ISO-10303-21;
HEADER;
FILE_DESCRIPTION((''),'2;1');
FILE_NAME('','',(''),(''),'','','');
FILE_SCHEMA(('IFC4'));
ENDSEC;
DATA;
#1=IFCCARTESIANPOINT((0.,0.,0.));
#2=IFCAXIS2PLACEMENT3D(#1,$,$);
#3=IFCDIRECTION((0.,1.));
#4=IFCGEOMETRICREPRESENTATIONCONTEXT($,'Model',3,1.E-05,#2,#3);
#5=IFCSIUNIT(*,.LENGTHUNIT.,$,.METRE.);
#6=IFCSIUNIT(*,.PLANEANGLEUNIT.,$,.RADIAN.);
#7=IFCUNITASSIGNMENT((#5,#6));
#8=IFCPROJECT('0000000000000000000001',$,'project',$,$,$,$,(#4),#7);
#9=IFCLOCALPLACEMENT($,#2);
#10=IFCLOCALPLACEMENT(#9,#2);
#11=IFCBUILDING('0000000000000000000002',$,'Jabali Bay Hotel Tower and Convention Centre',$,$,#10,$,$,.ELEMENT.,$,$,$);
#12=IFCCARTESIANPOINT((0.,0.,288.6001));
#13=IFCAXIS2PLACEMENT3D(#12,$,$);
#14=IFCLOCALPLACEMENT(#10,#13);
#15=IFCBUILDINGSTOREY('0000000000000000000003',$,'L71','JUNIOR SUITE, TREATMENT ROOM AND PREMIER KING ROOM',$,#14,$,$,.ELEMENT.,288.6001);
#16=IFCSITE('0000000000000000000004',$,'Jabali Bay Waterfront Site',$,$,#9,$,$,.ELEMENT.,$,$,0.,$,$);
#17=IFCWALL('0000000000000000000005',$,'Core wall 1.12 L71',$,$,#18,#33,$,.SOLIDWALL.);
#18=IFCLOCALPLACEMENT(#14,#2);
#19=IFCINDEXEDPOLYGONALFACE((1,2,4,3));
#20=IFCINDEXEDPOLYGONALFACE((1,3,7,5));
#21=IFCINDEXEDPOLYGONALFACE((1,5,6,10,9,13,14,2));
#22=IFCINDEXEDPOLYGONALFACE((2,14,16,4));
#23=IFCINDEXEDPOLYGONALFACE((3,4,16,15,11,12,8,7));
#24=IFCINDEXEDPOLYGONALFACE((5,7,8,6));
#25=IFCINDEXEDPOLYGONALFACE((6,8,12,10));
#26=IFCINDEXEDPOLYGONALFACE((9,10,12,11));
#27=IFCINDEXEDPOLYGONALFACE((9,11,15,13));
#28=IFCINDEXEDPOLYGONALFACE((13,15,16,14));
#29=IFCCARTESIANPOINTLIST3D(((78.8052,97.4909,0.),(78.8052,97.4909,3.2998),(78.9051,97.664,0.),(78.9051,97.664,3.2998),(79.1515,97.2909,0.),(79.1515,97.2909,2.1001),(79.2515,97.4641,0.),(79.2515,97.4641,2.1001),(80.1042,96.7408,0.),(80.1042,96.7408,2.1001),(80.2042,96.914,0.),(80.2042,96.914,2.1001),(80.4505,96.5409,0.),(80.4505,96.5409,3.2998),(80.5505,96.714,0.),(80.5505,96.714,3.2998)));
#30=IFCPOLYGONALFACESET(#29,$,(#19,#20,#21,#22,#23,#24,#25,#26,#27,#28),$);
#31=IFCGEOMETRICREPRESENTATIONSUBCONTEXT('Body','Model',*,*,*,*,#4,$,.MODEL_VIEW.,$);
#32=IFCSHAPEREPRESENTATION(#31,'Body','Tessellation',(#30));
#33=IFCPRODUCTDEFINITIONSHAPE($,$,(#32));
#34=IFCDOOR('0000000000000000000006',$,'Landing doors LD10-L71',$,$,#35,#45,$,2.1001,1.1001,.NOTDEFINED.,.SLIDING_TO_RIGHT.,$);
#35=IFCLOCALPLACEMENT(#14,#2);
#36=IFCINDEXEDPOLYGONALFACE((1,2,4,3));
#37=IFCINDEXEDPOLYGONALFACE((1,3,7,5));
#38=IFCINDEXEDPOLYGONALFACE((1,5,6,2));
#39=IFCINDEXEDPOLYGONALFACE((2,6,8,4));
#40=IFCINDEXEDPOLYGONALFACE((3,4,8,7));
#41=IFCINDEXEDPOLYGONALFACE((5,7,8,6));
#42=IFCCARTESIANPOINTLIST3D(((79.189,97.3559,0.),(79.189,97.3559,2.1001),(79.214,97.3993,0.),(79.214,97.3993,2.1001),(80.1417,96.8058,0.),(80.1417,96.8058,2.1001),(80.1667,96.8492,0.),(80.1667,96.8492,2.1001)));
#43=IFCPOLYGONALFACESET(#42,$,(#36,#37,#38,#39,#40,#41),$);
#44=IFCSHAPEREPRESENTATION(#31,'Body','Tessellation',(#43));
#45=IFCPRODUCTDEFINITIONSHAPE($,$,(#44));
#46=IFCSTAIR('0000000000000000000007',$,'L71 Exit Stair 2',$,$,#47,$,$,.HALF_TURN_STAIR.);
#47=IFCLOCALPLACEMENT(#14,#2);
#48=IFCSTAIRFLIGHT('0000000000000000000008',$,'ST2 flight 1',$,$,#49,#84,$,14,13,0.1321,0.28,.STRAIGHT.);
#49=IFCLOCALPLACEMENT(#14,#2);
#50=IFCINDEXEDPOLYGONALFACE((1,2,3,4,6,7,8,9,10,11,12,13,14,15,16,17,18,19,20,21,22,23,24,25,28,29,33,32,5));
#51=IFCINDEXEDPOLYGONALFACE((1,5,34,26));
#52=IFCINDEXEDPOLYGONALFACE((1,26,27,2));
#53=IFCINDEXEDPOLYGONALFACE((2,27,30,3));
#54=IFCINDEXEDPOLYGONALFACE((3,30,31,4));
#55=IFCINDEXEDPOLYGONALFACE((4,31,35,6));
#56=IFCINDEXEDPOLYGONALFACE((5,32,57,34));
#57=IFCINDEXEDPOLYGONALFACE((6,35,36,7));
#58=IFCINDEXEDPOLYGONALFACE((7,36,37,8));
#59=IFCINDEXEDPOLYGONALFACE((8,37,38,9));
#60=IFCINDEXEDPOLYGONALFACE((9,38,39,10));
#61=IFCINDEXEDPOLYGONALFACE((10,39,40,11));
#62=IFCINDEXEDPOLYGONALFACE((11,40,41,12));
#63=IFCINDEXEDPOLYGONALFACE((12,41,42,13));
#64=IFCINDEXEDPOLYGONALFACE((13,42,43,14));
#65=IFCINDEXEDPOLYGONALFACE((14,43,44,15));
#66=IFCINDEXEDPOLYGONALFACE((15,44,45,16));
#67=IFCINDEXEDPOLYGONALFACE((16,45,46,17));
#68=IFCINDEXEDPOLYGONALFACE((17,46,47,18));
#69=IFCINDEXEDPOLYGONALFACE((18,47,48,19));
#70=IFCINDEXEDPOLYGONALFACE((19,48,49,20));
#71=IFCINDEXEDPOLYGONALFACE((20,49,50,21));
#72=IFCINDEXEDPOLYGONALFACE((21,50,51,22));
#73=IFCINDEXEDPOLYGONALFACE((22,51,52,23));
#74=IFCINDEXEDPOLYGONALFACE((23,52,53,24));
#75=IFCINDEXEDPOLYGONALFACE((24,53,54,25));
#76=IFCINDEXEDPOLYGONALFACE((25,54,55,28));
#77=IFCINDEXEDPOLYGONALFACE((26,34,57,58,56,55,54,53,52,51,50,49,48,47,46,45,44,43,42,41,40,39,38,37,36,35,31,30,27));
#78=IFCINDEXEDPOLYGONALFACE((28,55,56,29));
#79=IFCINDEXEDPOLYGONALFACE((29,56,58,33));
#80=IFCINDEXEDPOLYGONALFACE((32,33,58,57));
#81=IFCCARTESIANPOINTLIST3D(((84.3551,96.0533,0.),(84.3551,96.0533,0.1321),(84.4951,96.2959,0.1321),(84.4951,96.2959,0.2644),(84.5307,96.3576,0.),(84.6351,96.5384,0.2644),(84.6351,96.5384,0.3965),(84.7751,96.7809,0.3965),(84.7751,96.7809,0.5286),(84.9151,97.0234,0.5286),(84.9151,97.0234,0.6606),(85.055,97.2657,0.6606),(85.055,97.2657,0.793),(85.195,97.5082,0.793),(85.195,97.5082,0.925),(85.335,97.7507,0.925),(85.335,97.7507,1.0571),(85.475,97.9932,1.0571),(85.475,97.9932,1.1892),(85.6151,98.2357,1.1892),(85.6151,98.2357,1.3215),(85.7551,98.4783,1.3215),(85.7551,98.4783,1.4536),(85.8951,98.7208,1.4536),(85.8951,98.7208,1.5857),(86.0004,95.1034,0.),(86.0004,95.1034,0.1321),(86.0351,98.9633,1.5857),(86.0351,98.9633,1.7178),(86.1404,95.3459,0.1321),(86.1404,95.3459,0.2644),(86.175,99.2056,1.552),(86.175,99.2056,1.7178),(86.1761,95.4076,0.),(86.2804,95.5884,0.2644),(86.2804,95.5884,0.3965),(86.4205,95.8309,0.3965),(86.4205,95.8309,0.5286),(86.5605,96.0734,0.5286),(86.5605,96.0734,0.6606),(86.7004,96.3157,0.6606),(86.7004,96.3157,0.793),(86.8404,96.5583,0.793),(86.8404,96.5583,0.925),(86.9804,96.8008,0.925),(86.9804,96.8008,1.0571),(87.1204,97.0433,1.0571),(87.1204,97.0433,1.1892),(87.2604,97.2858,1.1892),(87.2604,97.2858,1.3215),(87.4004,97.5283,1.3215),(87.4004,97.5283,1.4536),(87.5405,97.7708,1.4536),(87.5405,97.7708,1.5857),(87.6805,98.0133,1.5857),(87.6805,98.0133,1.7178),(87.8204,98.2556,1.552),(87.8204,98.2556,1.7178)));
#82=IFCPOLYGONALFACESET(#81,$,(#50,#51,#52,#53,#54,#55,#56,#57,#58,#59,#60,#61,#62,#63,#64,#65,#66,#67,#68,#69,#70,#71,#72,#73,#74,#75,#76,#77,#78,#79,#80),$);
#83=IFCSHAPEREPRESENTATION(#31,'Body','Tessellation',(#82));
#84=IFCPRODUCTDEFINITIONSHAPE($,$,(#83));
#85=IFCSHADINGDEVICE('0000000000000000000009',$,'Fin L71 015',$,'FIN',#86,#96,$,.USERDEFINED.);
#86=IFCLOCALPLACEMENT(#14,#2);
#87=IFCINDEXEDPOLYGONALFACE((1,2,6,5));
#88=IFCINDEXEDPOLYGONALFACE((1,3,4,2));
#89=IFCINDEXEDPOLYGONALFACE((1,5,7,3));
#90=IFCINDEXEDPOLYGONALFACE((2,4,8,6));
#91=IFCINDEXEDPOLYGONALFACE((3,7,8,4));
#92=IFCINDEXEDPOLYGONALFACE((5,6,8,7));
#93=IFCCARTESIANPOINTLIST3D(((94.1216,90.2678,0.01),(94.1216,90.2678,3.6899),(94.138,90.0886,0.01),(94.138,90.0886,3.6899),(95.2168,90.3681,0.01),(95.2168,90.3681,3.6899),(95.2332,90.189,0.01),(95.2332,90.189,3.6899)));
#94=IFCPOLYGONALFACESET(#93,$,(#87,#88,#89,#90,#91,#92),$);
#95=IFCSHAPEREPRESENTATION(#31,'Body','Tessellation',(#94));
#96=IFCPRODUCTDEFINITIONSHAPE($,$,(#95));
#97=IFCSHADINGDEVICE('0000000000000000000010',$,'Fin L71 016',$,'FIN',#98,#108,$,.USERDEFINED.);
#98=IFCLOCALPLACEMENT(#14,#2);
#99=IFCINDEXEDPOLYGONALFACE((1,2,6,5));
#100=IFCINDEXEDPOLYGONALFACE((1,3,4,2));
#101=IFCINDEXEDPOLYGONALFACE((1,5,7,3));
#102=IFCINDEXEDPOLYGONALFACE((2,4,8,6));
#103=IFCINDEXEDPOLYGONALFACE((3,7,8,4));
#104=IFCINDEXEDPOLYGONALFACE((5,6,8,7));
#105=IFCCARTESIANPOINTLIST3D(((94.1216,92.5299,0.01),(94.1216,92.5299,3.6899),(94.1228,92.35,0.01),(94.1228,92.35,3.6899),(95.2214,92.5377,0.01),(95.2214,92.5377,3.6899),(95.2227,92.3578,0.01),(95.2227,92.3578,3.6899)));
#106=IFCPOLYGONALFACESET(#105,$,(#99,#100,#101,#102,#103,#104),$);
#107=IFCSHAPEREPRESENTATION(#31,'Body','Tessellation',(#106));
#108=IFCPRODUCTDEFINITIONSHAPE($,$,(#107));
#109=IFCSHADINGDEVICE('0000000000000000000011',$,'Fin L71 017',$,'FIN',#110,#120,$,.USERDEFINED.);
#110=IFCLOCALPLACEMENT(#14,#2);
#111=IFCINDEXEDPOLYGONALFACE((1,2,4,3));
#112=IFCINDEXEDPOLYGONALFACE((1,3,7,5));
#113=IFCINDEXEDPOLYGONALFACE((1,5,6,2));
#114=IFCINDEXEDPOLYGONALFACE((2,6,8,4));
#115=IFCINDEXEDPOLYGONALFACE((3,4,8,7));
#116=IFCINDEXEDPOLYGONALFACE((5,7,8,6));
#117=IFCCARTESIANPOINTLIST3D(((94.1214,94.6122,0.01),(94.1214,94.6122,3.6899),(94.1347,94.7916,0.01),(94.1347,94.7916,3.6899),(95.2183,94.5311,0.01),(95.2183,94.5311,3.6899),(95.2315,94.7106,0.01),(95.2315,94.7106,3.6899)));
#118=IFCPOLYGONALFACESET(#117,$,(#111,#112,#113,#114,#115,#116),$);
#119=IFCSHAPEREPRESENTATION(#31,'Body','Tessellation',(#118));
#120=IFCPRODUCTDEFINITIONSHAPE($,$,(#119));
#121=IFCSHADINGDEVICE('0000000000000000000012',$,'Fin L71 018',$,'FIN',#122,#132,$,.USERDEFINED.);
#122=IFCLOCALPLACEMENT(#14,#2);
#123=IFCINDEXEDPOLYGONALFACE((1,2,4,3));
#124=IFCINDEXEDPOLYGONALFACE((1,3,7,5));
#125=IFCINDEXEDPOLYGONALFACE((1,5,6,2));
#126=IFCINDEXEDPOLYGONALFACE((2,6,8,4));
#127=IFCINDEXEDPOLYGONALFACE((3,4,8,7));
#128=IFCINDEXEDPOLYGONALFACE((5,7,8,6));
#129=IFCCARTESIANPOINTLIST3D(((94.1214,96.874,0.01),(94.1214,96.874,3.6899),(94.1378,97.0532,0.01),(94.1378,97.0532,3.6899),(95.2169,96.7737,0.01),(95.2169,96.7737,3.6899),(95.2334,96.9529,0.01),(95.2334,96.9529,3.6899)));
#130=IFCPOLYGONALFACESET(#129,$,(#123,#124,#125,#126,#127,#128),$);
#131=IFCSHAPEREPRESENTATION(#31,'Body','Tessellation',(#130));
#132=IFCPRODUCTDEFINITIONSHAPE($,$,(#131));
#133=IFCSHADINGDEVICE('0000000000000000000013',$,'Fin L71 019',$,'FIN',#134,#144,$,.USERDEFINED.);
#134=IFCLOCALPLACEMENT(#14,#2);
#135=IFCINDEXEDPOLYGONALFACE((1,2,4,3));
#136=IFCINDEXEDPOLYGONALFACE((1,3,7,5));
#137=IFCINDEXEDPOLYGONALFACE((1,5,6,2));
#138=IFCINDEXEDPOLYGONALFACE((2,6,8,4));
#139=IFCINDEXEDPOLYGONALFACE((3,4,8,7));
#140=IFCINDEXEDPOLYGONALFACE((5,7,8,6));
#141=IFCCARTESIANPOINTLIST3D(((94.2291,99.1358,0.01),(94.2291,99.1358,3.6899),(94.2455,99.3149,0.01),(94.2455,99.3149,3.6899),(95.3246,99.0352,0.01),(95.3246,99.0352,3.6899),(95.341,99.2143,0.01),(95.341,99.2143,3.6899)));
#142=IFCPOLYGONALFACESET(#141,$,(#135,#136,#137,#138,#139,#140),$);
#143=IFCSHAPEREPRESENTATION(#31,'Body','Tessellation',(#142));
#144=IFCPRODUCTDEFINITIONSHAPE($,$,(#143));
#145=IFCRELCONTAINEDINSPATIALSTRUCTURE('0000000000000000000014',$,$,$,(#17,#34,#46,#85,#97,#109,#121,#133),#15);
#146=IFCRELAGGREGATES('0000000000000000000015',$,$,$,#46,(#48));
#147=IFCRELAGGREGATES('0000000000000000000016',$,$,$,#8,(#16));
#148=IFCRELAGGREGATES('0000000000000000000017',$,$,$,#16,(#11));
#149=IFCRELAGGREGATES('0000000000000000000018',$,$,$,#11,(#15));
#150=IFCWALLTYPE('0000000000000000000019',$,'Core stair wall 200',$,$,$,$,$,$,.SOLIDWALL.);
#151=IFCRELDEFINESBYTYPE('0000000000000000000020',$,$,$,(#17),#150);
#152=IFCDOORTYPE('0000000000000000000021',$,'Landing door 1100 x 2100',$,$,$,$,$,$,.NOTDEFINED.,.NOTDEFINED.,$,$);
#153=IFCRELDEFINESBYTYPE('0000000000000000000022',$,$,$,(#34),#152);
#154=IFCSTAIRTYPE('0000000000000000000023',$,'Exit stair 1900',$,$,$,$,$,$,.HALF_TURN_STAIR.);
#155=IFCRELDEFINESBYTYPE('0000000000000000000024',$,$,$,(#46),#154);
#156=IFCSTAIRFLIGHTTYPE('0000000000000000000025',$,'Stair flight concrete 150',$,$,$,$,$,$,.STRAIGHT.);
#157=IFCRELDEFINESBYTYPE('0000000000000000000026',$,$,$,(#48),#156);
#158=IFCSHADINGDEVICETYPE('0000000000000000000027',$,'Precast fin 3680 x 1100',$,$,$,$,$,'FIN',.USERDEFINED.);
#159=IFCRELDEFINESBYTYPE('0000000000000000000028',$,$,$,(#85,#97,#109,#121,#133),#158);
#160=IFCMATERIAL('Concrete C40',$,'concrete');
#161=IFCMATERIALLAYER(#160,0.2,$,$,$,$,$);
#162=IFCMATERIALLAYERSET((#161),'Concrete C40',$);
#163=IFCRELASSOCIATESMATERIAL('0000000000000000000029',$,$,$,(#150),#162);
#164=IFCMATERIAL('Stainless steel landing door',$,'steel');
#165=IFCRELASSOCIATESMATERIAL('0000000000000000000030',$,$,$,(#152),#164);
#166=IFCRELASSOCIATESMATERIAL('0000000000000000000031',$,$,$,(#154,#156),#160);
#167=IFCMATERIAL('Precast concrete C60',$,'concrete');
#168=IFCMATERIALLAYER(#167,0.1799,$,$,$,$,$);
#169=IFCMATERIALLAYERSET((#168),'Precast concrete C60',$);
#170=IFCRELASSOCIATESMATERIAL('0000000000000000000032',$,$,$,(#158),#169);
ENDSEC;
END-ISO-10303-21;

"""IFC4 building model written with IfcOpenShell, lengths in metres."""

from ifc_helpers import new_model, si_unit, direction, frame, frame_2d, origin, place, context, subcontext, project, spatial, polyline, rectangle, outline, extrude, material, layer, layer_set, type_object, element, fill, aggregate, save


model = new_model("IFC4")

# Units and contexts
model_context = context("Model", 3, precision=1e-05, world=origin(), true_north=direction((0.0, 1.0)))
body_context = subcontext(model_context, "Body", "Model", "MODEL_VIEW")
ifc_project = project(units=[si_unit("LENGTHUNIT", "METRE"), si_unit("PLANEANGLEUNIT", "RADIAN")], contexts=[model_context])

# Site, building, storey
site_placement = place(None, origin())
site = spatial("IfcSite", under=ifc_project, at=site_placement, Name="Jabali Bay Waterfront Site", CompositionType="ELEMENT", RefElevation=0.0)
building_placement = place(site_placement, origin())
building = spatial("IfcBuilding", under=site, at=building_placement, Name="Jabali Bay Hotel Tower and Convention Centre", CompositionType="ELEMENT")
storey_placement = place(building_placement, frame((0.0, 0.0, 288.6001)))
storey = spatial("IfcBuildingStorey", under=building, at=storey_placement, Name="L71", Description="JUNIOR SUITE, TREATMENT ROOM AND PREMIER KING ROOM", CompositionType="ELEMENT", Elevation=288.6001)

# Shared definitions
ifc_material_1 = material(Name="Concrete C40", Category="concrete")
ifc_layer_1 = layer(ifc_material_1, 0.2)
ifc_layer_set_1 = layer_set([ifc_layer_1], Name="Concrete C40")
wall_type_1 = type_object("IfcWallType", Name="Core stair wall 200", PredefinedType="SOLIDWALL", material=ifc_layer_set_1)

# Wall, opening, door
wall_1_placement = place(storey_placement, frame((80.5005, 96.6274, 0.0), z_axis=(0.0, 0.0, 1.0), x_axis=(-0.866012, 0.500023, 0.0)))
wall_1 = element("IfcWall", 1, at=wall_1_placement, inside=storey, type_object=wall_type_1, Name="Core wall 1.12 L71", PredefinedType="SOLIDWALL", context=body_context, shape_type="SweptSolid", body=[
    extrude(rectangle(XDim=1.8999, YDim=0.2, at=frame_2d((0.95, 0.0))), origin(), (0.0, 0.0, 1.0), 3.2998),
])
opening_1_placement = place(wall_1_placement, frame((0.3999, 0.0, 0.0)))
opening_1 = element("IfcOpeningElement", 2, at=opening_1_placement, cuts=wall_1, PredefinedType="OPENING", context=body_context, shape_type="SweptSolid", body=[
    extrude(rectangle(XDim=1.1001, YDim=2.1001, at=frame_2d((0.55, 1.05))), frame((0.0, 0.1104, 0.0), z_axis=(0.0, -1.0, 0.0), x_axis=(1.0, 0.0, 0.0)), (0.0, 0.0, 1.0), 0.2209),
])
ifc_material_2 = material(Name="Stainless steel landing door", Category="steel")
door_type_1 = type_object("IfcDoorType", Name="Landing door 1100 x 2100", OperationType="NOTDEFINED", PredefinedType="NOTDEFINED", material=ifc_material_2)
door_1_placement = place(opening_1_placement, origin())
door_1 = element("IfcDoor", 3, at=door_1_placement, inside=storey, type_object=door_type_1, Name="Landing doors LD10-L71", OperationType="SLIDING_TO_RIGHT", OverallHeight=2.1001, OverallWidth=1.1001, PredefinedType="NOTDEFINED", context=body_context, shape_type="SweptSolid", body=[
    extrude(rectangle(XDim=1.1001, YDim=2.1001, at=frame_2d((0.55, 1.05))), frame((0.0, 0.0249, 0.0), z_axis=(0.0, -1.0, 0.0), x_axis=(1.0, 0.0, 0.0)), (0.0, 0.0, 1.0), 0.05),
])
fill(opening_1, door_1)

# Stair, stair flight
stair_type = type_object("IfcStairType", Name="Exit stair 1900", PredefinedType="HALF_TURN_STAIR", material=ifc_material_1)
stair_placement = place(storey_placement, origin())
stair = element("IfcStair", 4, at=stair_placement, inside=storey, type_object=stair_type, Name="L71 Exit Stair 2", PredefinedType="HALF_TURN_STAIR")
stair_flight_type = type_object("IfcStairFlightType", Name="Stair flight concrete 150", PredefinedType="STRAIGHT", material=ifc_material_1)
stair_flight_placement = place(storey_placement, frame((85.1777, 95.5784, 0.0), z_axis=(0.0, 0.0, 1.0), x_axis=(0.5, 0.866025, 0.0)))
stair_flight = element("IfcStairFlight", 5, at=stair_flight_placement, type_object=stair_flight_type, Name="ST2 flight 1", NumberOfRisers=14, NumberOfTreads=13, PredefinedType="STRAIGHT", RiserHeight=0.1321, TreadLength=0.28, context=body_context, shape_type="SweptSolid", body=[
    extrude(outline(polyline([(0.0, 0.0), (0.0, 0.1321), (0.28, 0.1321), (0.28, 0.2644), (0.5601, 0.2644), (0.5601, 0.3965), (0.8401, 0.3965), (0.8401, 0.5286), (1.1201, 0.5286), (1.1201, 0.6606), (1.3999, 0.6606), (1.3999, 0.793), (1.6799, 0.793), (1.6799, 0.925), (1.96, 0.925), (1.96, 1.0571), (2.24, 1.0571), (2.24, 1.1892), (2.52, 1.1892), (2.52, 1.3215), (2.8, 1.3215), (2.8, 1.4536), (3.0801, 1.4536), (3.0801, 1.5857), (3.3601, 1.5857), (3.3601, 1.7178), (3.6399, 1.7178), (3.6399, 1.8501), (3.6399, 1.552), (0.3513, 0.0), (0.0, 0.0)])), frame((0.0, 0.95, 0.0), z_axis=(0.0, -1.0, 0.0), x_axis=(1.0, 0.0, 0.0)), (0.0, 0.0, 1.0), 1.8999),
])
aggregate(stair, [stair_flight])

# Shading devices
ifc_material_3 = material(Name="Precast concrete C60", Category="concrete")
ifc_layer_2 = layer(ifc_material_3, 0.1799)
ifc_layer_set_2 = layer_set([ifc_layer_2], Name="Precast concrete C60")
shading_device_type = type_object("IfcShadingDeviceType", Name="Precast fin 3680 x 1100", ElementType="FIN", PredefinedType="USERDEFINED", material=ifc_layer_set_2)
for number, where, z_axis, x_axis, name in (
    (6, (94.1299, 90.1782, 0.01), (0.0, 0.0, 1.0), (0.995829, 0.091236, 0.0), "Fin L71 015"),
    (7, (94.1223, 92.4399, 0.01), (0.0, 0.0, 1.0), (0.999975, 0.007103, 0.0), "Fin L71 016"),
    (8, (94.1282, 94.7019, 0.01), (0.0, 0.0, 1.0), (0.997281, -0.073692, 0.0), "Fin L71 017"),
):
    element("IfcShadingDevice", number, at=place(storey_placement, frame(where, z_axis=z_axis, x_axis=x_axis)), inside=storey, type_object=shading_device_type, Name=name, ObjectType="FIN", PredefinedType="USERDEFINED", context=body_context, shape_type="SweptSolid", body=[
        extrude(rectangle(XDim=1.0999, YDim=0.1799, at=frame_2d((0.5498, 0.0))), origin(), (0.0, 0.0, 1.0), 3.6799),
    ])
for number, where, z_axis, x_axis, name in (
    (9, (94.1296, 96.9636, 0.01), (0.0, 0.0, 1.0), (0.995831, -0.091216, 0.0), "Fin L71 018"),
    (10, (94.2373, 99.2253, 0.01), (0.0, 0.0, 1.0), (0.995811, -0.091436, 0.0), "Fin L71 019"),
):
    element("IfcShadingDevice", number, at=place(storey_placement, frame(where, z_axis=z_axis, x_axis=x_axis)), inside=storey, type_object=shading_device_type, Name=name, ObjectType="FIN", PredefinedType="USERDEFINED", context=body_context, shape_type="SweptSolid", body=[
        extrude(rectangle(XDim=1.1001, YDim=0.1799, at=frame_2d((0.55, 0.0))), origin(), (0.0, 0.0, 1.0), 3.6799),
    ])

save(model, "model.ifc")
